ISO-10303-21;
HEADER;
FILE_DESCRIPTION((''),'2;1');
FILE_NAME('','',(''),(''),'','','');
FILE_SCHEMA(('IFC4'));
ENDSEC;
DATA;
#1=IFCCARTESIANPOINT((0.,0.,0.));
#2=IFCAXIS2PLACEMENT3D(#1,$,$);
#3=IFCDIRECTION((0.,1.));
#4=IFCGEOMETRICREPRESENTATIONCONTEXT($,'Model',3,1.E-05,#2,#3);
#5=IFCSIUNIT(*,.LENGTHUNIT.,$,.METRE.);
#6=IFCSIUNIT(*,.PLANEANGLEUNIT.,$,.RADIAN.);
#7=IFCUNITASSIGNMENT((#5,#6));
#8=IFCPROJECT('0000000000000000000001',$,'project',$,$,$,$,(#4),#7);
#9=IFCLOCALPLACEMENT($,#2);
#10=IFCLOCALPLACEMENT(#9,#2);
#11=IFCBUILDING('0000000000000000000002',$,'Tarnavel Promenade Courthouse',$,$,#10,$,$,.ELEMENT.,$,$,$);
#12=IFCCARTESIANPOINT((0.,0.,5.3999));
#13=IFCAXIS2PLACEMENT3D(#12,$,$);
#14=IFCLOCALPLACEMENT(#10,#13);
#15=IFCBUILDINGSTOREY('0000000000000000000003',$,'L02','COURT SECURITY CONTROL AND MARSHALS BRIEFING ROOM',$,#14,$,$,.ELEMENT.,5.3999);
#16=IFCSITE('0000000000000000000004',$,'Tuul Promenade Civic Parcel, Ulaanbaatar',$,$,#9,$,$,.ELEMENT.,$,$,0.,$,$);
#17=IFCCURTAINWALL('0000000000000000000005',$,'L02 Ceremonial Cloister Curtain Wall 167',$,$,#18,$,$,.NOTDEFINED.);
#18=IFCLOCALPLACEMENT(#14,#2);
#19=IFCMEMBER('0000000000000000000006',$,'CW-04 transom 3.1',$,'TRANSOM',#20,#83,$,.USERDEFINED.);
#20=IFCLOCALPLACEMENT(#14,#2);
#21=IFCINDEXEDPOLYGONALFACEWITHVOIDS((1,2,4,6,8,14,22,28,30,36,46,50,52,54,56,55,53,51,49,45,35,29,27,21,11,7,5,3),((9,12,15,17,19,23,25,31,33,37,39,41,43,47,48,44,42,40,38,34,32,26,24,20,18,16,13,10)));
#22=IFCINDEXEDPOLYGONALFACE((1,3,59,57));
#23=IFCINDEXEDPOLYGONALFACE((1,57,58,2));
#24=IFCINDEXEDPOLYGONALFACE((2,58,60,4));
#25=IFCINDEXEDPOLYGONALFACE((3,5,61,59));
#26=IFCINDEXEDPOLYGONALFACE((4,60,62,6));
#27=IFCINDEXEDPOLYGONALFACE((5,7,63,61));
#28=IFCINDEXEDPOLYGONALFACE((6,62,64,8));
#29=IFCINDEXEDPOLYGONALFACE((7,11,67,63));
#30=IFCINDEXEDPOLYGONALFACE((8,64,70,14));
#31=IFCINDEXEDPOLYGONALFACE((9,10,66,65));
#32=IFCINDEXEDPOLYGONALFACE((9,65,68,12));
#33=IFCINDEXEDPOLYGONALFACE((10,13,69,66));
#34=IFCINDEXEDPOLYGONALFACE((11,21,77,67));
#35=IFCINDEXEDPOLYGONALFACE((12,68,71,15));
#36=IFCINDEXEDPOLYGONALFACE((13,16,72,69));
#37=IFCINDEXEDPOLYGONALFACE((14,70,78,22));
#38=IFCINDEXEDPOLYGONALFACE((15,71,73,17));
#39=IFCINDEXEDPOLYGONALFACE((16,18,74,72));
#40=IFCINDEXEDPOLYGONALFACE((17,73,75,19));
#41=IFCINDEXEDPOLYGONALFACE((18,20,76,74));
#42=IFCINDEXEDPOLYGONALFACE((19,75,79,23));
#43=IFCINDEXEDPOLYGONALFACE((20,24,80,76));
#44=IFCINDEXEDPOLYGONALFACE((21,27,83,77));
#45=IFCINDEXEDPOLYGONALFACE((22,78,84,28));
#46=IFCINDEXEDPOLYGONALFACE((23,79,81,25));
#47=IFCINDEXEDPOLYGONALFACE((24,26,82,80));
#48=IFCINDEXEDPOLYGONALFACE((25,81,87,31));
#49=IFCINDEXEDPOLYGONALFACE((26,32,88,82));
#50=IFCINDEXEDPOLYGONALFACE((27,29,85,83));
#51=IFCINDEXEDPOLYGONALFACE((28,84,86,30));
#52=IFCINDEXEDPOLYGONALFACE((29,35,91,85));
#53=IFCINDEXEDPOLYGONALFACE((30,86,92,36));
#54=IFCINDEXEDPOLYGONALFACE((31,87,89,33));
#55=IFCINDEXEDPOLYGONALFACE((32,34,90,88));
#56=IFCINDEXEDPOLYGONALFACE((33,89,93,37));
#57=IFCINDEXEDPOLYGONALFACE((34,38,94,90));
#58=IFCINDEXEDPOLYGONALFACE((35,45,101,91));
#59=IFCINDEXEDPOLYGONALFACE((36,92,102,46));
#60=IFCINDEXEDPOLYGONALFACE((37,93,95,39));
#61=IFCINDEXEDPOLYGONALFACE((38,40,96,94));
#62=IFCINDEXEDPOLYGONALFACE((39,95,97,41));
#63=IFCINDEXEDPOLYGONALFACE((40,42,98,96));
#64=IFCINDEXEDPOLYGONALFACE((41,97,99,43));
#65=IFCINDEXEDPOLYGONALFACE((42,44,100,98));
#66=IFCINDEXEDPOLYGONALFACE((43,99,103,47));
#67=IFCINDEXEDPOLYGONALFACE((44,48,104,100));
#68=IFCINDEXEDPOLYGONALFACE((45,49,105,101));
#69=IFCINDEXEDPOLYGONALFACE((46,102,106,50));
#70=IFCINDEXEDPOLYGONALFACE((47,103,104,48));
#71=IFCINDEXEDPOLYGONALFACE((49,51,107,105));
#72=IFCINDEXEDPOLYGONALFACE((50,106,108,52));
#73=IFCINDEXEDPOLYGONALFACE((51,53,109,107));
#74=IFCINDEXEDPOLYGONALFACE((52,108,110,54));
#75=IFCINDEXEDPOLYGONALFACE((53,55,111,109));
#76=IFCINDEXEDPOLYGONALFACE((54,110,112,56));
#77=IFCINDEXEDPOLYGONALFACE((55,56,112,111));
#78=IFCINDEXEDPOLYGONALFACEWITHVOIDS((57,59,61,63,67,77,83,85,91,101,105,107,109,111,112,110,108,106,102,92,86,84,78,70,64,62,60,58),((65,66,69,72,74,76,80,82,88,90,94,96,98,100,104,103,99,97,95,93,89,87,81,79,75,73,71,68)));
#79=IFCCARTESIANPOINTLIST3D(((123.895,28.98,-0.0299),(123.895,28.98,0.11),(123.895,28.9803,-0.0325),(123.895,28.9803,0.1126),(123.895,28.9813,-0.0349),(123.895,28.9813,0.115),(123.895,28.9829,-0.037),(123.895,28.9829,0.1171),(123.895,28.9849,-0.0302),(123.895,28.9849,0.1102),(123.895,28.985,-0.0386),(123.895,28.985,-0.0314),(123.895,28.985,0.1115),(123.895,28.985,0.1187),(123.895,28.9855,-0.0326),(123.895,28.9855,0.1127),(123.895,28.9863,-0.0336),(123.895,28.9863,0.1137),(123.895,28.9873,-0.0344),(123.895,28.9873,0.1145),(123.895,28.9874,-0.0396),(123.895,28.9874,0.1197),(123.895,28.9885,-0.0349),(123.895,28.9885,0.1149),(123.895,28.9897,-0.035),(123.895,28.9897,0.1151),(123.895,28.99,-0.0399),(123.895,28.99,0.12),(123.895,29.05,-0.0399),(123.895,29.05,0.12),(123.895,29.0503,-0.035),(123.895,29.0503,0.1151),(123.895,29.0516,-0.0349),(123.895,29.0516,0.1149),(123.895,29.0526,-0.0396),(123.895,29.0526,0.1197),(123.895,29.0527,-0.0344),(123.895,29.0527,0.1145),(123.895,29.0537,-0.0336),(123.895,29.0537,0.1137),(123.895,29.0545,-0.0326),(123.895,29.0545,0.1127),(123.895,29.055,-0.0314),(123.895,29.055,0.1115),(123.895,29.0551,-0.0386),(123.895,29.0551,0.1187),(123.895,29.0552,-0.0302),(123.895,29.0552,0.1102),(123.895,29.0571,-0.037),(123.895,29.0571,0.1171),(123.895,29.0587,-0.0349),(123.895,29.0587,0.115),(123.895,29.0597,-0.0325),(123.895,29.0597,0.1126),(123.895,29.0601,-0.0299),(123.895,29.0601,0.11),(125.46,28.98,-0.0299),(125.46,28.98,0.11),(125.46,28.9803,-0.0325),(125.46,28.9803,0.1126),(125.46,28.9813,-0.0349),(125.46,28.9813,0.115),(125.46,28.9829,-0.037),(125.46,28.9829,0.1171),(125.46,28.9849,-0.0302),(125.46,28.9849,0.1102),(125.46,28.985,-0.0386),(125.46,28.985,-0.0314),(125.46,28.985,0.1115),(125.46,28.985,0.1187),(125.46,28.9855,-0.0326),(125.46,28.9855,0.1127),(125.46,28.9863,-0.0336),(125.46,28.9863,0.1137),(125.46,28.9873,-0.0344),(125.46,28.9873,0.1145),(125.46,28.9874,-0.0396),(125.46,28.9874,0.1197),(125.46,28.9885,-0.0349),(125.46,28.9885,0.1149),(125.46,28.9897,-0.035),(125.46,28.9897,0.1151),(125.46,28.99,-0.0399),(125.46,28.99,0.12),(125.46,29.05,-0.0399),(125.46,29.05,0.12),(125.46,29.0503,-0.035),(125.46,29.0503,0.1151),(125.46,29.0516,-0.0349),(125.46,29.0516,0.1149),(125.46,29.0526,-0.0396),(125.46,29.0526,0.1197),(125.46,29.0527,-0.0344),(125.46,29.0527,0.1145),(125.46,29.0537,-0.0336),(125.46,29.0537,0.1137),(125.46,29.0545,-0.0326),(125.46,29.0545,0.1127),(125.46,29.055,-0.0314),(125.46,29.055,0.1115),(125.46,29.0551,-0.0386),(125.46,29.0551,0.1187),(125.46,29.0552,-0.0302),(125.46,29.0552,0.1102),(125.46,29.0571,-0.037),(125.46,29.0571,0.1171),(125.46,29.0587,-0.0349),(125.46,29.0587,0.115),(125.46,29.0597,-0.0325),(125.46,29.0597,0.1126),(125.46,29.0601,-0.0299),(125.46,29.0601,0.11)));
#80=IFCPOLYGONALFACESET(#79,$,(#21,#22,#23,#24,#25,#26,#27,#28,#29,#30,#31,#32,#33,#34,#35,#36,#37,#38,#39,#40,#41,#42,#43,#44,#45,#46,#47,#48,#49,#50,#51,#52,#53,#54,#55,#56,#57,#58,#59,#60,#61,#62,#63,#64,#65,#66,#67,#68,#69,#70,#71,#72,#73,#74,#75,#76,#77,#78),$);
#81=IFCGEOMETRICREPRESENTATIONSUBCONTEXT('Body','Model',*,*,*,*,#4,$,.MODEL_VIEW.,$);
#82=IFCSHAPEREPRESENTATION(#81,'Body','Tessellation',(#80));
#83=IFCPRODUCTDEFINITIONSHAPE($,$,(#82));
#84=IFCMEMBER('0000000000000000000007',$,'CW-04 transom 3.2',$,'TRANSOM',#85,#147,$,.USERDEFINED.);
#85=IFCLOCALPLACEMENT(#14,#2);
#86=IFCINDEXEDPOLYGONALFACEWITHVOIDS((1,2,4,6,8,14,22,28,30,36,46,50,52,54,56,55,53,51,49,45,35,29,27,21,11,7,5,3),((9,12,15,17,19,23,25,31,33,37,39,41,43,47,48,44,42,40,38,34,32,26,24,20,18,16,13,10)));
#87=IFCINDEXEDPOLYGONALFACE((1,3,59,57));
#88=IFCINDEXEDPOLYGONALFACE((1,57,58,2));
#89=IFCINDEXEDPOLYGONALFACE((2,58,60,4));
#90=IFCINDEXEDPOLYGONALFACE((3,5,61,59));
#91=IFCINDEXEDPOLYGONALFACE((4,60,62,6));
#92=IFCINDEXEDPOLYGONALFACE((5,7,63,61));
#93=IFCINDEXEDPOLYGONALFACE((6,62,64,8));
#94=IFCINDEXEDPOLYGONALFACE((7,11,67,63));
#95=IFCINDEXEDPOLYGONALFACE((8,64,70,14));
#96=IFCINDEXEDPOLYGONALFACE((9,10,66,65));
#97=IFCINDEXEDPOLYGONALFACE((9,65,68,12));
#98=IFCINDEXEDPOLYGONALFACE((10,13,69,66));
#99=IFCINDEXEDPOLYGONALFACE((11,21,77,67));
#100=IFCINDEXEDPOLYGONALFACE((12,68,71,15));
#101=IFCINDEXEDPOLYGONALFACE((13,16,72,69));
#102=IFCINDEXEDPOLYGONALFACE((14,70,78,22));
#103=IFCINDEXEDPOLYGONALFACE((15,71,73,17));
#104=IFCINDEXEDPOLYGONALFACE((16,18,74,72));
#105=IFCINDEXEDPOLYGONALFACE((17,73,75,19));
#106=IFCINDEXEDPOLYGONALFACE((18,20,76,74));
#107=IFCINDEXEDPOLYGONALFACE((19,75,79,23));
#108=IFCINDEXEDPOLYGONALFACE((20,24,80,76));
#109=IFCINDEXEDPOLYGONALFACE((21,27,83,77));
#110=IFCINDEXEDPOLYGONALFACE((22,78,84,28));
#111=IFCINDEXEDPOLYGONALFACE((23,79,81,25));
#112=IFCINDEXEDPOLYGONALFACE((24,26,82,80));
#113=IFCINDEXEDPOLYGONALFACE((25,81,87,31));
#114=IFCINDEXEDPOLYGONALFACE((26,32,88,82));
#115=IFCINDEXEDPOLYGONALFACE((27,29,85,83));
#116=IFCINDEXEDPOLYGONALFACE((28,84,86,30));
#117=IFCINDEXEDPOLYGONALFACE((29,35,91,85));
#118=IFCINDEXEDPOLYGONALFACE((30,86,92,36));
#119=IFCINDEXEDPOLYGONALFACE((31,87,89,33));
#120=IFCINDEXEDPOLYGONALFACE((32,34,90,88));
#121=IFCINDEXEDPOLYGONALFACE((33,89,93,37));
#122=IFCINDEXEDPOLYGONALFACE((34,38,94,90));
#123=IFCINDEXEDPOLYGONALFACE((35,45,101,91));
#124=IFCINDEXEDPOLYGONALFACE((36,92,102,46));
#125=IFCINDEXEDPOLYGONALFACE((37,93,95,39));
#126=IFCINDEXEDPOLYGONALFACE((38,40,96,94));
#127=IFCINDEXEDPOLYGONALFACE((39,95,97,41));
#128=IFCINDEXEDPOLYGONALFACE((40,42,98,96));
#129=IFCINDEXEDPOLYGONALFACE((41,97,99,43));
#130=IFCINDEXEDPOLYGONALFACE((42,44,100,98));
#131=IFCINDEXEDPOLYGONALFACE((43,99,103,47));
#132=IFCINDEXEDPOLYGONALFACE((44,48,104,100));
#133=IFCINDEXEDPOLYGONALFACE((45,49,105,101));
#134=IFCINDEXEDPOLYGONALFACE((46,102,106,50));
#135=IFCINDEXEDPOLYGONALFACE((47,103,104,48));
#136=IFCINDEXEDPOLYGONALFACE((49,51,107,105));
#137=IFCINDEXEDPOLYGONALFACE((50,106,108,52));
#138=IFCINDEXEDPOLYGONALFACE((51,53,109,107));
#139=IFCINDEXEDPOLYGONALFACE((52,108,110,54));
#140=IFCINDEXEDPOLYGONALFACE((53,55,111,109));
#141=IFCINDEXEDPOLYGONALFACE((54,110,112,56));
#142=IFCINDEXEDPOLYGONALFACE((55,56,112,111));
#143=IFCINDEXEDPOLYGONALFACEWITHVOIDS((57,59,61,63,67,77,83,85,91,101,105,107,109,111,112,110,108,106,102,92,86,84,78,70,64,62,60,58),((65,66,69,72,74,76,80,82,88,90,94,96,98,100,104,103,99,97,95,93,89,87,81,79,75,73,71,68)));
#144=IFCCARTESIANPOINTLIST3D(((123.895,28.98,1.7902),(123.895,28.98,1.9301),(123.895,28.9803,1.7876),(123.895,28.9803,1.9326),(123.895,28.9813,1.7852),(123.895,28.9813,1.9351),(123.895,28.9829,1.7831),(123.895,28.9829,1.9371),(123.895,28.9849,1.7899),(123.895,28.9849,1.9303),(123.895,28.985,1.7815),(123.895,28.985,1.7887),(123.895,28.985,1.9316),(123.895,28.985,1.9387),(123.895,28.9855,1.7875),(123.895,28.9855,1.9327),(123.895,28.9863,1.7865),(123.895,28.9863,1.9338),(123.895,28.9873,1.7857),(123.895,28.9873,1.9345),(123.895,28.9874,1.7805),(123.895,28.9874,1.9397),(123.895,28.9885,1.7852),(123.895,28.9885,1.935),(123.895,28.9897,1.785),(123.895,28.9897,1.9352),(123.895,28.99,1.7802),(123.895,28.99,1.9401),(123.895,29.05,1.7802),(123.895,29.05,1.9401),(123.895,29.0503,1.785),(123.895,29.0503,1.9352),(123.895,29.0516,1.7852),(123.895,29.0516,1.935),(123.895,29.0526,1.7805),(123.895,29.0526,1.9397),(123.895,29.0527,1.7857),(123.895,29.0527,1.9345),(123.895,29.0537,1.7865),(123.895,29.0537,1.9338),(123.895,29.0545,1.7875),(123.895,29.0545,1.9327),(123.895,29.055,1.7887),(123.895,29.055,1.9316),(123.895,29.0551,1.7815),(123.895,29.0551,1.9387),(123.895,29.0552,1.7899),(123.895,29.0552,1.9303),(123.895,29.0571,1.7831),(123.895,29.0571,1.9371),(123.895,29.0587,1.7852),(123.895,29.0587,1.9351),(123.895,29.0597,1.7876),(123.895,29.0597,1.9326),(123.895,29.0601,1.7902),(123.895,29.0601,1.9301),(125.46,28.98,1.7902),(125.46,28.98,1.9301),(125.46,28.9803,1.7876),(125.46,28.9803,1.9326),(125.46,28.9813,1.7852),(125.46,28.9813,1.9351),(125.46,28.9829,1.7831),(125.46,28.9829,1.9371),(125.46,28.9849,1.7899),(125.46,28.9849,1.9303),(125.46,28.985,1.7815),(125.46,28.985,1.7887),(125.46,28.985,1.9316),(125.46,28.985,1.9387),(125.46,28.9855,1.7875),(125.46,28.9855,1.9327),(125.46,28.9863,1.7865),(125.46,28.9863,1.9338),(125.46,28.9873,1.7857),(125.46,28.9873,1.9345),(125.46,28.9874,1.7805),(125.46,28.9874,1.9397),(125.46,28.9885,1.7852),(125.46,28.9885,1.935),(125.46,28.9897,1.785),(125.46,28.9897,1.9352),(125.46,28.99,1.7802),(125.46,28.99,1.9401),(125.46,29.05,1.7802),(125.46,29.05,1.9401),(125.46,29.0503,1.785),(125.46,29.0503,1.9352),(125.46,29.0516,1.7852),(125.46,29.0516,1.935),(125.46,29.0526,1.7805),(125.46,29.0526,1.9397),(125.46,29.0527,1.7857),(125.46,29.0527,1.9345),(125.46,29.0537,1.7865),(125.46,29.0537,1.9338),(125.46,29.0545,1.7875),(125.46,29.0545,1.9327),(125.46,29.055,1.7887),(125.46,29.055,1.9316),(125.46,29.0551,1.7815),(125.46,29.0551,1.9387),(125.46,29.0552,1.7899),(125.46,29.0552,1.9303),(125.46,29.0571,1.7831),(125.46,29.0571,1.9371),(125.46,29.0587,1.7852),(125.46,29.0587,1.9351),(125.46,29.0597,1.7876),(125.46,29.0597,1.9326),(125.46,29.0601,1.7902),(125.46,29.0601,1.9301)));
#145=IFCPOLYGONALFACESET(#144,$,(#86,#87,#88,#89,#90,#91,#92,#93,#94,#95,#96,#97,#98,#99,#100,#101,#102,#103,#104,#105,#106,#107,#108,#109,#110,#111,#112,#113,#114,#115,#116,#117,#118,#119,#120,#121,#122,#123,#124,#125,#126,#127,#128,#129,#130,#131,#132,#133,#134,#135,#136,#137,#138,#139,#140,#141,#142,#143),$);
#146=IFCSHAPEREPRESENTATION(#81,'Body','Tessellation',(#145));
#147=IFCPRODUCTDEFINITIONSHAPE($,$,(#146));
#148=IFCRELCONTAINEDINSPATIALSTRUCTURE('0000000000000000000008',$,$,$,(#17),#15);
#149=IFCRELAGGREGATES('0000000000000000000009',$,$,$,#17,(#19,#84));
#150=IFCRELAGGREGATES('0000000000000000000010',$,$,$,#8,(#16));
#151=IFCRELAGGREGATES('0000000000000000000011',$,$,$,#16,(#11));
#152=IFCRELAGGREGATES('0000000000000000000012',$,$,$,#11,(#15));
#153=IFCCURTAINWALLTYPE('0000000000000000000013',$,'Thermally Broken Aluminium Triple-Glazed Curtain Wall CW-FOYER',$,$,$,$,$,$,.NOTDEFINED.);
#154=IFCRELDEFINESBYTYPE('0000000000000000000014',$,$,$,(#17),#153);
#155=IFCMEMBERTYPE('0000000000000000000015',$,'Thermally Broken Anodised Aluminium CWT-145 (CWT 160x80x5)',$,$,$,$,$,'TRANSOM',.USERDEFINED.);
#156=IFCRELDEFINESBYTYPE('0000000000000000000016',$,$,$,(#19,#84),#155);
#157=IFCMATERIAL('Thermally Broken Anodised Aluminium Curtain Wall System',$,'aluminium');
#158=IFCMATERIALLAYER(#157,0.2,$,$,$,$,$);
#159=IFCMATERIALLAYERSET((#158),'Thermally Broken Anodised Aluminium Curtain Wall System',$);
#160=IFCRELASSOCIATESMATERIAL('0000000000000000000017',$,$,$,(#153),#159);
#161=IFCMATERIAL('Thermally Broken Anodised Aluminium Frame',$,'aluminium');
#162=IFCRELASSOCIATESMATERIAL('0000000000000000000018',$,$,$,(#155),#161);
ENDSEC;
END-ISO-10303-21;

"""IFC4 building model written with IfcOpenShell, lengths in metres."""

from ifc_helpers import new_model, si_unit, direction, frame, origin, origin_2d, place, context, subcontext, project, spatial, hollow_rectangle, extrude, material, layer, layer_set, material_profile, profile_set, type_object, element, aggregate, save


model = new_model("IFC4")

# Units and contexts
model_context = context("Model", 3, precision=1e-05, world=origin(), true_north=direction((0.0, 1.0)))
body_context = subcontext(model_context, "Body", "Model", "MODEL_VIEW")
ifc_project = project(units=[si_unit("LENGTHUNIT", "METRE"), si_unit("PLANEANGLEUNIT", "RADIAN")], contexts=[model_context])

# Site, building, storey
site_placement = place(None, origin())
site = spatial("IfcSite", under=ifc_project, at=site_placement, Name="Tuul Promenade Civic Parcel, Ulaanbaatar", CompositionType="ELEMENT", RefElevation=0.0)
building_placement = place(site_placement, origin())
building = spatial("IfcBuilding", under=site, at=building_placement, Name="Tarnavel Promenade Courthouse", CompositionType="ELEMENT")
storey_placement = place(building_placement, frame((0.0, 0.0, 5.3999)))
storey = spatial("IfcBuildingStorey", under=building, at=storey_placement, Name="L02", Description="COURT SECURITY CONTROL AND MARSHALS BRIEFING ROOM", CompositionType="ELEMENT", Elevation=5.3999)

# Curtain wall
ifc_material_1 = material(Name="Thermally Broken Anodised Aluminium Curtain Wall System", Category="aluminium")
ifc_layer_1 = layer(ifc_material_1, 0.2)
ifc_layer_set_1 = layer_set([ifc_layer_1], Name="Thermally Broken Anodised Aluminium Curtain Wall System")
curtain_wall_type = type_object("IfcCurtainWallType", Name="Thermally Broken Aluminium Triple-Glazed Curtain Wall CW-FOYER", PredefinedType="NOTDEFINED", material=ifc_layer_set_1)
curtain_wall_1_placement = place(storey_placement, origin())
curtain_wall_1 = element("IfcCurtainWall", 1, at=curtain_wall_1_placement, inside=storey, type_object=curtain_wall_type, Name="L02 Ceremonial Cloister Curtain Wall 167", PredefinedType="NOTDEFINED")
ifc_material_2 = material(Name="Thermally Broken Anodised Aluminium Frame", Category="aluminium")

# Members
ifc_material_profile_1 = material_profile(ifc_material_2, hollow_rectangle(XDim=0.0801, YDim=0.1599, WallThickness=0.0049, InnerFilletRadius=0.0049, OuterFilletRadius=0.01, at=origin_2d()), Name="CWT 160x80x5")
ifc_profile_set_1 = profile_set([ifc_material_profile_1], Name="Thermally Broken Anodised Aluminium Frame")
member_type_1 = type_object("IfcMemberType", Name="Thermally Broken Anodised Aluminium CWT-145 (CWT 160x80x5)", ElementType="TRANSOM", PredefinedType="USERDEFINED", material=ifc_profile_set_1)
member_1_placement = place(storey_placement, frame((123.895, 29.02, 0.04), z_axis=(1.0, 0.0, 0.0), x_axis=(0.0, 1.0, 0.0)))
member_1 = element("IfcMember", 2, at=member_1_placement, type_object=member_type_1, Name="CW-04 transom 3.1", ObjectType="TRANSOM", PredefinedType="USERDEFINED", context=body_context, shape_type="SweptSolid", body=[
    extrude(hollow_rectangle(XDim=0.0801, YDim=0.1599, WallThickness=0.0049, InnerFilletRadius=0.0049, OuterFilletRadius=0.01, at=origin_2d()), origin(), (0.0, 0.0, 1.0), 1.5649),
])
member_2_placement = place(storey_placement, frame((123.895, 29.02, 1.8601), z_axis=(1.0, 0.0, 0.0), x_axis=(0.0, 1.0, 0.0)))
member_2 = element("IfcMember", 3, at=member_2_placement, type_object=member_type_1, Name="CW-04 transom 3.2", ObjectType="TRANSOM", PredefinedType="USERDEFINED", context=body_context, shape_type="SweptSolid", body=[
    extrude(hollow_rectangle(XDim=0.0801, YDim=0.1599, WallThickness=0.0049, InnerFilletRadius=0.0049, OuterFilletRadius=0.01, at=origin_2d()), origin(), (0.0, 0.0, 1.0), 1.5649),
])

aggregate(curtain_wall_1, [member_1, member_2])

save(model, "model.ifc")
